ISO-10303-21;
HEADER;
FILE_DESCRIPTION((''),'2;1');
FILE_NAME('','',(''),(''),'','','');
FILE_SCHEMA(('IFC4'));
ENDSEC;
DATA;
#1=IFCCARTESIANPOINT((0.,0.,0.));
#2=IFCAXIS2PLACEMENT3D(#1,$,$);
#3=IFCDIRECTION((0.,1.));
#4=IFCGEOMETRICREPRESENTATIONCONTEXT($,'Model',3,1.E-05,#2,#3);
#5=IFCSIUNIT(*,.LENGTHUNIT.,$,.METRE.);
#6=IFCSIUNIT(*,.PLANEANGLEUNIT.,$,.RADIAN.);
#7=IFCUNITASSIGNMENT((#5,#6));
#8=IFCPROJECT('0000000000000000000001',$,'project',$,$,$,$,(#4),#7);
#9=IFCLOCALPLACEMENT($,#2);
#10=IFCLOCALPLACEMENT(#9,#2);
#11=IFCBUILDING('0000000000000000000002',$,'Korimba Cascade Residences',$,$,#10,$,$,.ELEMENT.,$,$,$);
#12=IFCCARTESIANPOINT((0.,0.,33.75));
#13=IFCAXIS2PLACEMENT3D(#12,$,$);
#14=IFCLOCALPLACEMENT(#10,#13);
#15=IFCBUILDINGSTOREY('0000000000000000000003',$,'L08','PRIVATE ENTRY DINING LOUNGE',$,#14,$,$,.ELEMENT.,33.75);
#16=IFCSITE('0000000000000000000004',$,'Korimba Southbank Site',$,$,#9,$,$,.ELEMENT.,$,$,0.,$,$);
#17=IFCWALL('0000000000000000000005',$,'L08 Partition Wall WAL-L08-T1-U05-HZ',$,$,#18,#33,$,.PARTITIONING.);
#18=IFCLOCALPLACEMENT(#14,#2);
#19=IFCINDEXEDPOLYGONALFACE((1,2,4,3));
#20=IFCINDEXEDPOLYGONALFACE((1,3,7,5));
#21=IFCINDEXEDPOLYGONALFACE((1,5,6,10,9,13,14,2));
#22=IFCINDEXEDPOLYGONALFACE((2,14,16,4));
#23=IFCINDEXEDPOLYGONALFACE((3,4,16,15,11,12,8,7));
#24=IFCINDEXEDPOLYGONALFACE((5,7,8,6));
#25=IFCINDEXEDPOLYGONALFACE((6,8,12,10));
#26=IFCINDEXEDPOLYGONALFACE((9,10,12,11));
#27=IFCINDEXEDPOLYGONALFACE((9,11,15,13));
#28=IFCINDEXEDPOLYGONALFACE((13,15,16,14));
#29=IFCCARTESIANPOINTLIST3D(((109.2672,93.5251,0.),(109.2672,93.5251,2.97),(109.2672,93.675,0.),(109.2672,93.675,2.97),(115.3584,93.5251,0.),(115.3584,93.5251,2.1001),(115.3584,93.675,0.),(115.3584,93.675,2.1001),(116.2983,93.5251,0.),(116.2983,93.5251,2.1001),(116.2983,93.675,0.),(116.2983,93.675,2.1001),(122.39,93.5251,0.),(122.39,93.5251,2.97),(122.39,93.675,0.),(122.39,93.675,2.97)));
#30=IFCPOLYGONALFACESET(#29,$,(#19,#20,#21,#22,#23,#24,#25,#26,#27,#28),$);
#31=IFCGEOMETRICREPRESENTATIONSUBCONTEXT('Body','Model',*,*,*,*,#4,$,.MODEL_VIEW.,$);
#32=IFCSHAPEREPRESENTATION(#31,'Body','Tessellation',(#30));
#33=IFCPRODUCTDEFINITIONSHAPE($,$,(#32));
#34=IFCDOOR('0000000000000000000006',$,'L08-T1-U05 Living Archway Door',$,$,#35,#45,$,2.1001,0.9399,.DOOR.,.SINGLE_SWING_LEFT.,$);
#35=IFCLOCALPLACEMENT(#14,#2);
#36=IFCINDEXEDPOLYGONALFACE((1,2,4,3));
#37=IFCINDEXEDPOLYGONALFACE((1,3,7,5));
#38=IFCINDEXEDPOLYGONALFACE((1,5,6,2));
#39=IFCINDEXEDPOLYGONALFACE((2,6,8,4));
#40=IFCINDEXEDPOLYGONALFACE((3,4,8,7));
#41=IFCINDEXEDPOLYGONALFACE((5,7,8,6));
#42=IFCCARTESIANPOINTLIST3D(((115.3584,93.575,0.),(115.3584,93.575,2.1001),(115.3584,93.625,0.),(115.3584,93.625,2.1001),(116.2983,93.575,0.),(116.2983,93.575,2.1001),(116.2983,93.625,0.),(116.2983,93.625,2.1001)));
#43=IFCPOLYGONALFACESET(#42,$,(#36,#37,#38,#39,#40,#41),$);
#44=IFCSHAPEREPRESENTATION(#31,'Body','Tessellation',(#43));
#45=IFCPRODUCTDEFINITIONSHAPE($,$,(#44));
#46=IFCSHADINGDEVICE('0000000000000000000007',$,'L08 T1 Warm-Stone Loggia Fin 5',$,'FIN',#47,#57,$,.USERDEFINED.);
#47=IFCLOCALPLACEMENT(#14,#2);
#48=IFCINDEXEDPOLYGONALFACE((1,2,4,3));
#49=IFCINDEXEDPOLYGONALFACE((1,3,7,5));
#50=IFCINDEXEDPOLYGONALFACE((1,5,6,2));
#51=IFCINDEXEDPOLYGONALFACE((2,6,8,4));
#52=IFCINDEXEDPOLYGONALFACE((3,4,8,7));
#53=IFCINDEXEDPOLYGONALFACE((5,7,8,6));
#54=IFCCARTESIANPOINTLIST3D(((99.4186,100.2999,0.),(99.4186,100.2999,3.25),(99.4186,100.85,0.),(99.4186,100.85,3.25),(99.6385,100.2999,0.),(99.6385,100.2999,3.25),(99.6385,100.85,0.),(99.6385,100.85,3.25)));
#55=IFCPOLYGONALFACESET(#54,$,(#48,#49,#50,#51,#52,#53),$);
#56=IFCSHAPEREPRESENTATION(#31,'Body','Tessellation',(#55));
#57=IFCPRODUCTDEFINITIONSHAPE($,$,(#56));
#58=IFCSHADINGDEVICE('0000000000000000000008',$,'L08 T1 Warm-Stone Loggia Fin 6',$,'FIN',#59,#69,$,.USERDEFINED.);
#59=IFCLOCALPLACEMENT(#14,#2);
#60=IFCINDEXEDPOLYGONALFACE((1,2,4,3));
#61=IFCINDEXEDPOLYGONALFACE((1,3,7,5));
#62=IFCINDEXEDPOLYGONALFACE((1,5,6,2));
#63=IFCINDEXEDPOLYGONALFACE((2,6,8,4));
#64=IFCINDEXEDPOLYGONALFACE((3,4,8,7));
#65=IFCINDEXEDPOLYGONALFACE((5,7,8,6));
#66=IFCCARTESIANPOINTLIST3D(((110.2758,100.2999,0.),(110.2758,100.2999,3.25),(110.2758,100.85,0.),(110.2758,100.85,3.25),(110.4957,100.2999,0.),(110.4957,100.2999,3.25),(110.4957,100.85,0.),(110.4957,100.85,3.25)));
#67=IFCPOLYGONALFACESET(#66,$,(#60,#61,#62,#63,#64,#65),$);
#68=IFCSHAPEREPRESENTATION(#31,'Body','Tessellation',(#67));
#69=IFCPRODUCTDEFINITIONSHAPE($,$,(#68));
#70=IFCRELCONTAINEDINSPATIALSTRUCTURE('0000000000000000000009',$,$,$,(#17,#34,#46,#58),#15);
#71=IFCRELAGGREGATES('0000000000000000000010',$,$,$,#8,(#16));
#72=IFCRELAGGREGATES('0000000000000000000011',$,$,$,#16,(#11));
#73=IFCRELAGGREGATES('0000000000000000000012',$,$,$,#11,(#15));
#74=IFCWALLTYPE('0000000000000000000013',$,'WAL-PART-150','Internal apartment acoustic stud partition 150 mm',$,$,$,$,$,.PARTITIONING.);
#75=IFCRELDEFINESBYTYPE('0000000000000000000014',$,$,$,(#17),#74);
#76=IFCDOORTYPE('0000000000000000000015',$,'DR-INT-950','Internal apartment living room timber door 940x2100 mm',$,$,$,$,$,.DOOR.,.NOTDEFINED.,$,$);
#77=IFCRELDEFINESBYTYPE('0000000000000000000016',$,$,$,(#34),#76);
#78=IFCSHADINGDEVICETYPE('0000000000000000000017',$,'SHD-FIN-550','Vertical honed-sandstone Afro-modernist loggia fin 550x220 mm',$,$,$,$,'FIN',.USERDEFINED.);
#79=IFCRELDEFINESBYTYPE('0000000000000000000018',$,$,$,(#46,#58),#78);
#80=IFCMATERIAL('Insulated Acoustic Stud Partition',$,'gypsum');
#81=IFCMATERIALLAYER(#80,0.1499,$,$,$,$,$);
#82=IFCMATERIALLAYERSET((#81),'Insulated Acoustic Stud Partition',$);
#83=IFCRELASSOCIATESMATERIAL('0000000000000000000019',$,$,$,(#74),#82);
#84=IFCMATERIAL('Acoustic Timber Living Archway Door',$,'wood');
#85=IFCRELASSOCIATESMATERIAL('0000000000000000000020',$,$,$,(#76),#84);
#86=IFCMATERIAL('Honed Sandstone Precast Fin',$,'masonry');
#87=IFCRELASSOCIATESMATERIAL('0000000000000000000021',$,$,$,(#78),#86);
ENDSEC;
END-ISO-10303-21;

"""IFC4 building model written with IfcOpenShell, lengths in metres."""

from ifc_helpers import new_model, si_unit, direction, frame, frame_2d, origin, origin_2d, place, context, subcontext, project, spatial, rectangle, extrude, material, layer, layer_set, type_object, element, fill, save


model = new_model("IFC4")

# Units and contexts
model_context = context("Model", 3, precision=1e-05, world=origin(), true_north=direction((0.0, 1.0)))
body_context = subcontext(model_context, "Body", "Model", "MODEL_VIEW")
ifc_project = project(units=[si_unit("LENGTHUNIT", "METRE"), si_unit("PLANEANGLEUNIT", "RADIAN")], contexts=[model_context])

# Site, building, storey
site_placement = place(None, origin())
site = spatial("IfcSite", under=ifc_project, at=site_placement, Name="Korimba Southbank Site", CompositionType="ELEMENT", RefElevation=0.0)
building_placement = place(site_placement, origin())
building = spatial("IfcBuilding", under=site, at=building_placement, Name="Korimba Cascade Residences", CompositionType="ELEMENT")
storey_placement = place(building_placement, frame((0.0, 0.0, 33.75)))
storey = spatial("IfcBuildingStorey", under=building, at=storey_placement, Name="L08", Description="PRIVATE ENTRY DINING LOUNGE", CompositionType="ELEMENT", Elevation=33.75)

# Shared definitions
ifc_material_1 = material(Name="Insulated Acoustic Stud Partition", Category="gypsum")
ifc_layer = layer(ifc_material_1, 0.1499)
ifc_layer_set = layer_set([ifc_layer], Name="Insulated Acoustic Stud Partition")
wall_type = type_object("IfcWallType", Name="WAL-PART-150", Description="Internal apartment acoustic stud partition 150 mm", PredefinedType="PARTITIONING", material=ifc_layer_set)

# Wall, opening, door
ifc_material_2 = material(Name="Acoustic Timber Living Archway Door", Category="wood")
door_type_1 = type_object("IfcDoorType", Name="DR-INT-950", Description="Internal apartment living room timber door 940x2100 mm", OperationType="NOTDEFINED", PredefinedType="DOOR", material=ifc_material_2)
wall_1_placement = place(storey_placement, frame((109.2671, 93.6001, 0.0), z_axis=(0.0, 0.0, 1.0), x_axis=(1.0, 0.0, 0.0)))
wall_1 = element("IfcWall", 1, at=wall_1_placement, inside=storey, type_object=wall_type, Name="L08 Partition Wall WAL-L08-T1-U05-HZ", PredefinedType="PARTITIONING", context=body_context, shape_type="SweptSolid", body=[
    extrude(rectangle(XDim=13.1228, YDim=0.1499, at=frame_2d((6.5615, 0.0))), origin(), (0.0, 0.0, 1.0), 2.97),
])
opening_1_placement = place(wall_1_placement, frame((6.0913, 0.0, 0.0)))
opening_1 = element("IfcOpeningElement", 2, at=opening_1_placement, cuts=wall_1, PredefinedType="OPENING", context=body_context, shape_type="SweptSolid", body=[
    extrude(rectangle(XDim=0.9399, YDim=2.1001, at=frame_2d((0.47, 1.05))), frame((0.0, 0.085, 0.0), z_axis=(0.0, -1.0, 0.0), x_axis=(1.0, 0.0, 0.0)), (0.0, 0.0, 1.0), 0.1699),
])
door_1_placement = place(opening_1_placement, origin())
door_1 = element("IfcDoor", 3, at=door_1_placement, inside=storey, type_object=door_type_1, Name="L08-T1-U05 Living Archway Door", OperationType="SINGLE_SWING_LEFT", OverallHeight=2.1001, OverallWidth=0.9399, PredefinedType="DOOR", context=body_context, shape_type="SweptSolid", body=[
    extrude(rectangle(XDim=0.9399, YDim=2.1001, at=frame_2d((0.47, 1.05))), frame((0.0, 0.0249, 0.0), z_axis=(0.0, -1.0, 0.0), x_axis=(1.0, 0.0, 0.0)), (0.0, 0.0, 1.0), 0.05),
])
fill(opening_1, door_1)

# Shading devices
ifc_material_3 = material(Name="Honed Sandstone Precast Fin", Category="masonry")
shading_device_type = type_object("IfcShadingDeviceType", Name="SHD-FIN-550", Description="Vertical honed-sandstone Afro-modernist loggia fin 550x220 mm", ElementType="FIN", PredefinedType="USERDEFINED", material=ifc_material_3)
for number, where, z_axis, x_axis, name in (
    (4, (99.5286, 100.575, 0.0), (0.0, 0.0, 1.0), (1.0, 0.0, 0.0), "L08 T1 Warm-Stone Loggia Fin 5"),
    (5, (110.3857, 100.575, 0.0), (0.0, 0.0, 1.0), (1.0, 0.0, 0.0), "L08 T1 Warm-Stone Loggia Fin 6"),
):
    element("IfcShadingDevice", number, at=place(storey_placement, frame(where, z_axis=z_axis, x_axis=x_axis)), inside=storey, type_object=shading_device_type, Name=name, ObjectType="FIN", PredefinedType="USERDEFINED", context=body_context, shape_type="SweptSolid", body=[
        extrude(rectangle(XDim=0.22, YDim=0.55, at=origin_2d()), origin(), (0.0, 0.0, 1.0), 3.25),
    ])

save(model, "model.ifc")
